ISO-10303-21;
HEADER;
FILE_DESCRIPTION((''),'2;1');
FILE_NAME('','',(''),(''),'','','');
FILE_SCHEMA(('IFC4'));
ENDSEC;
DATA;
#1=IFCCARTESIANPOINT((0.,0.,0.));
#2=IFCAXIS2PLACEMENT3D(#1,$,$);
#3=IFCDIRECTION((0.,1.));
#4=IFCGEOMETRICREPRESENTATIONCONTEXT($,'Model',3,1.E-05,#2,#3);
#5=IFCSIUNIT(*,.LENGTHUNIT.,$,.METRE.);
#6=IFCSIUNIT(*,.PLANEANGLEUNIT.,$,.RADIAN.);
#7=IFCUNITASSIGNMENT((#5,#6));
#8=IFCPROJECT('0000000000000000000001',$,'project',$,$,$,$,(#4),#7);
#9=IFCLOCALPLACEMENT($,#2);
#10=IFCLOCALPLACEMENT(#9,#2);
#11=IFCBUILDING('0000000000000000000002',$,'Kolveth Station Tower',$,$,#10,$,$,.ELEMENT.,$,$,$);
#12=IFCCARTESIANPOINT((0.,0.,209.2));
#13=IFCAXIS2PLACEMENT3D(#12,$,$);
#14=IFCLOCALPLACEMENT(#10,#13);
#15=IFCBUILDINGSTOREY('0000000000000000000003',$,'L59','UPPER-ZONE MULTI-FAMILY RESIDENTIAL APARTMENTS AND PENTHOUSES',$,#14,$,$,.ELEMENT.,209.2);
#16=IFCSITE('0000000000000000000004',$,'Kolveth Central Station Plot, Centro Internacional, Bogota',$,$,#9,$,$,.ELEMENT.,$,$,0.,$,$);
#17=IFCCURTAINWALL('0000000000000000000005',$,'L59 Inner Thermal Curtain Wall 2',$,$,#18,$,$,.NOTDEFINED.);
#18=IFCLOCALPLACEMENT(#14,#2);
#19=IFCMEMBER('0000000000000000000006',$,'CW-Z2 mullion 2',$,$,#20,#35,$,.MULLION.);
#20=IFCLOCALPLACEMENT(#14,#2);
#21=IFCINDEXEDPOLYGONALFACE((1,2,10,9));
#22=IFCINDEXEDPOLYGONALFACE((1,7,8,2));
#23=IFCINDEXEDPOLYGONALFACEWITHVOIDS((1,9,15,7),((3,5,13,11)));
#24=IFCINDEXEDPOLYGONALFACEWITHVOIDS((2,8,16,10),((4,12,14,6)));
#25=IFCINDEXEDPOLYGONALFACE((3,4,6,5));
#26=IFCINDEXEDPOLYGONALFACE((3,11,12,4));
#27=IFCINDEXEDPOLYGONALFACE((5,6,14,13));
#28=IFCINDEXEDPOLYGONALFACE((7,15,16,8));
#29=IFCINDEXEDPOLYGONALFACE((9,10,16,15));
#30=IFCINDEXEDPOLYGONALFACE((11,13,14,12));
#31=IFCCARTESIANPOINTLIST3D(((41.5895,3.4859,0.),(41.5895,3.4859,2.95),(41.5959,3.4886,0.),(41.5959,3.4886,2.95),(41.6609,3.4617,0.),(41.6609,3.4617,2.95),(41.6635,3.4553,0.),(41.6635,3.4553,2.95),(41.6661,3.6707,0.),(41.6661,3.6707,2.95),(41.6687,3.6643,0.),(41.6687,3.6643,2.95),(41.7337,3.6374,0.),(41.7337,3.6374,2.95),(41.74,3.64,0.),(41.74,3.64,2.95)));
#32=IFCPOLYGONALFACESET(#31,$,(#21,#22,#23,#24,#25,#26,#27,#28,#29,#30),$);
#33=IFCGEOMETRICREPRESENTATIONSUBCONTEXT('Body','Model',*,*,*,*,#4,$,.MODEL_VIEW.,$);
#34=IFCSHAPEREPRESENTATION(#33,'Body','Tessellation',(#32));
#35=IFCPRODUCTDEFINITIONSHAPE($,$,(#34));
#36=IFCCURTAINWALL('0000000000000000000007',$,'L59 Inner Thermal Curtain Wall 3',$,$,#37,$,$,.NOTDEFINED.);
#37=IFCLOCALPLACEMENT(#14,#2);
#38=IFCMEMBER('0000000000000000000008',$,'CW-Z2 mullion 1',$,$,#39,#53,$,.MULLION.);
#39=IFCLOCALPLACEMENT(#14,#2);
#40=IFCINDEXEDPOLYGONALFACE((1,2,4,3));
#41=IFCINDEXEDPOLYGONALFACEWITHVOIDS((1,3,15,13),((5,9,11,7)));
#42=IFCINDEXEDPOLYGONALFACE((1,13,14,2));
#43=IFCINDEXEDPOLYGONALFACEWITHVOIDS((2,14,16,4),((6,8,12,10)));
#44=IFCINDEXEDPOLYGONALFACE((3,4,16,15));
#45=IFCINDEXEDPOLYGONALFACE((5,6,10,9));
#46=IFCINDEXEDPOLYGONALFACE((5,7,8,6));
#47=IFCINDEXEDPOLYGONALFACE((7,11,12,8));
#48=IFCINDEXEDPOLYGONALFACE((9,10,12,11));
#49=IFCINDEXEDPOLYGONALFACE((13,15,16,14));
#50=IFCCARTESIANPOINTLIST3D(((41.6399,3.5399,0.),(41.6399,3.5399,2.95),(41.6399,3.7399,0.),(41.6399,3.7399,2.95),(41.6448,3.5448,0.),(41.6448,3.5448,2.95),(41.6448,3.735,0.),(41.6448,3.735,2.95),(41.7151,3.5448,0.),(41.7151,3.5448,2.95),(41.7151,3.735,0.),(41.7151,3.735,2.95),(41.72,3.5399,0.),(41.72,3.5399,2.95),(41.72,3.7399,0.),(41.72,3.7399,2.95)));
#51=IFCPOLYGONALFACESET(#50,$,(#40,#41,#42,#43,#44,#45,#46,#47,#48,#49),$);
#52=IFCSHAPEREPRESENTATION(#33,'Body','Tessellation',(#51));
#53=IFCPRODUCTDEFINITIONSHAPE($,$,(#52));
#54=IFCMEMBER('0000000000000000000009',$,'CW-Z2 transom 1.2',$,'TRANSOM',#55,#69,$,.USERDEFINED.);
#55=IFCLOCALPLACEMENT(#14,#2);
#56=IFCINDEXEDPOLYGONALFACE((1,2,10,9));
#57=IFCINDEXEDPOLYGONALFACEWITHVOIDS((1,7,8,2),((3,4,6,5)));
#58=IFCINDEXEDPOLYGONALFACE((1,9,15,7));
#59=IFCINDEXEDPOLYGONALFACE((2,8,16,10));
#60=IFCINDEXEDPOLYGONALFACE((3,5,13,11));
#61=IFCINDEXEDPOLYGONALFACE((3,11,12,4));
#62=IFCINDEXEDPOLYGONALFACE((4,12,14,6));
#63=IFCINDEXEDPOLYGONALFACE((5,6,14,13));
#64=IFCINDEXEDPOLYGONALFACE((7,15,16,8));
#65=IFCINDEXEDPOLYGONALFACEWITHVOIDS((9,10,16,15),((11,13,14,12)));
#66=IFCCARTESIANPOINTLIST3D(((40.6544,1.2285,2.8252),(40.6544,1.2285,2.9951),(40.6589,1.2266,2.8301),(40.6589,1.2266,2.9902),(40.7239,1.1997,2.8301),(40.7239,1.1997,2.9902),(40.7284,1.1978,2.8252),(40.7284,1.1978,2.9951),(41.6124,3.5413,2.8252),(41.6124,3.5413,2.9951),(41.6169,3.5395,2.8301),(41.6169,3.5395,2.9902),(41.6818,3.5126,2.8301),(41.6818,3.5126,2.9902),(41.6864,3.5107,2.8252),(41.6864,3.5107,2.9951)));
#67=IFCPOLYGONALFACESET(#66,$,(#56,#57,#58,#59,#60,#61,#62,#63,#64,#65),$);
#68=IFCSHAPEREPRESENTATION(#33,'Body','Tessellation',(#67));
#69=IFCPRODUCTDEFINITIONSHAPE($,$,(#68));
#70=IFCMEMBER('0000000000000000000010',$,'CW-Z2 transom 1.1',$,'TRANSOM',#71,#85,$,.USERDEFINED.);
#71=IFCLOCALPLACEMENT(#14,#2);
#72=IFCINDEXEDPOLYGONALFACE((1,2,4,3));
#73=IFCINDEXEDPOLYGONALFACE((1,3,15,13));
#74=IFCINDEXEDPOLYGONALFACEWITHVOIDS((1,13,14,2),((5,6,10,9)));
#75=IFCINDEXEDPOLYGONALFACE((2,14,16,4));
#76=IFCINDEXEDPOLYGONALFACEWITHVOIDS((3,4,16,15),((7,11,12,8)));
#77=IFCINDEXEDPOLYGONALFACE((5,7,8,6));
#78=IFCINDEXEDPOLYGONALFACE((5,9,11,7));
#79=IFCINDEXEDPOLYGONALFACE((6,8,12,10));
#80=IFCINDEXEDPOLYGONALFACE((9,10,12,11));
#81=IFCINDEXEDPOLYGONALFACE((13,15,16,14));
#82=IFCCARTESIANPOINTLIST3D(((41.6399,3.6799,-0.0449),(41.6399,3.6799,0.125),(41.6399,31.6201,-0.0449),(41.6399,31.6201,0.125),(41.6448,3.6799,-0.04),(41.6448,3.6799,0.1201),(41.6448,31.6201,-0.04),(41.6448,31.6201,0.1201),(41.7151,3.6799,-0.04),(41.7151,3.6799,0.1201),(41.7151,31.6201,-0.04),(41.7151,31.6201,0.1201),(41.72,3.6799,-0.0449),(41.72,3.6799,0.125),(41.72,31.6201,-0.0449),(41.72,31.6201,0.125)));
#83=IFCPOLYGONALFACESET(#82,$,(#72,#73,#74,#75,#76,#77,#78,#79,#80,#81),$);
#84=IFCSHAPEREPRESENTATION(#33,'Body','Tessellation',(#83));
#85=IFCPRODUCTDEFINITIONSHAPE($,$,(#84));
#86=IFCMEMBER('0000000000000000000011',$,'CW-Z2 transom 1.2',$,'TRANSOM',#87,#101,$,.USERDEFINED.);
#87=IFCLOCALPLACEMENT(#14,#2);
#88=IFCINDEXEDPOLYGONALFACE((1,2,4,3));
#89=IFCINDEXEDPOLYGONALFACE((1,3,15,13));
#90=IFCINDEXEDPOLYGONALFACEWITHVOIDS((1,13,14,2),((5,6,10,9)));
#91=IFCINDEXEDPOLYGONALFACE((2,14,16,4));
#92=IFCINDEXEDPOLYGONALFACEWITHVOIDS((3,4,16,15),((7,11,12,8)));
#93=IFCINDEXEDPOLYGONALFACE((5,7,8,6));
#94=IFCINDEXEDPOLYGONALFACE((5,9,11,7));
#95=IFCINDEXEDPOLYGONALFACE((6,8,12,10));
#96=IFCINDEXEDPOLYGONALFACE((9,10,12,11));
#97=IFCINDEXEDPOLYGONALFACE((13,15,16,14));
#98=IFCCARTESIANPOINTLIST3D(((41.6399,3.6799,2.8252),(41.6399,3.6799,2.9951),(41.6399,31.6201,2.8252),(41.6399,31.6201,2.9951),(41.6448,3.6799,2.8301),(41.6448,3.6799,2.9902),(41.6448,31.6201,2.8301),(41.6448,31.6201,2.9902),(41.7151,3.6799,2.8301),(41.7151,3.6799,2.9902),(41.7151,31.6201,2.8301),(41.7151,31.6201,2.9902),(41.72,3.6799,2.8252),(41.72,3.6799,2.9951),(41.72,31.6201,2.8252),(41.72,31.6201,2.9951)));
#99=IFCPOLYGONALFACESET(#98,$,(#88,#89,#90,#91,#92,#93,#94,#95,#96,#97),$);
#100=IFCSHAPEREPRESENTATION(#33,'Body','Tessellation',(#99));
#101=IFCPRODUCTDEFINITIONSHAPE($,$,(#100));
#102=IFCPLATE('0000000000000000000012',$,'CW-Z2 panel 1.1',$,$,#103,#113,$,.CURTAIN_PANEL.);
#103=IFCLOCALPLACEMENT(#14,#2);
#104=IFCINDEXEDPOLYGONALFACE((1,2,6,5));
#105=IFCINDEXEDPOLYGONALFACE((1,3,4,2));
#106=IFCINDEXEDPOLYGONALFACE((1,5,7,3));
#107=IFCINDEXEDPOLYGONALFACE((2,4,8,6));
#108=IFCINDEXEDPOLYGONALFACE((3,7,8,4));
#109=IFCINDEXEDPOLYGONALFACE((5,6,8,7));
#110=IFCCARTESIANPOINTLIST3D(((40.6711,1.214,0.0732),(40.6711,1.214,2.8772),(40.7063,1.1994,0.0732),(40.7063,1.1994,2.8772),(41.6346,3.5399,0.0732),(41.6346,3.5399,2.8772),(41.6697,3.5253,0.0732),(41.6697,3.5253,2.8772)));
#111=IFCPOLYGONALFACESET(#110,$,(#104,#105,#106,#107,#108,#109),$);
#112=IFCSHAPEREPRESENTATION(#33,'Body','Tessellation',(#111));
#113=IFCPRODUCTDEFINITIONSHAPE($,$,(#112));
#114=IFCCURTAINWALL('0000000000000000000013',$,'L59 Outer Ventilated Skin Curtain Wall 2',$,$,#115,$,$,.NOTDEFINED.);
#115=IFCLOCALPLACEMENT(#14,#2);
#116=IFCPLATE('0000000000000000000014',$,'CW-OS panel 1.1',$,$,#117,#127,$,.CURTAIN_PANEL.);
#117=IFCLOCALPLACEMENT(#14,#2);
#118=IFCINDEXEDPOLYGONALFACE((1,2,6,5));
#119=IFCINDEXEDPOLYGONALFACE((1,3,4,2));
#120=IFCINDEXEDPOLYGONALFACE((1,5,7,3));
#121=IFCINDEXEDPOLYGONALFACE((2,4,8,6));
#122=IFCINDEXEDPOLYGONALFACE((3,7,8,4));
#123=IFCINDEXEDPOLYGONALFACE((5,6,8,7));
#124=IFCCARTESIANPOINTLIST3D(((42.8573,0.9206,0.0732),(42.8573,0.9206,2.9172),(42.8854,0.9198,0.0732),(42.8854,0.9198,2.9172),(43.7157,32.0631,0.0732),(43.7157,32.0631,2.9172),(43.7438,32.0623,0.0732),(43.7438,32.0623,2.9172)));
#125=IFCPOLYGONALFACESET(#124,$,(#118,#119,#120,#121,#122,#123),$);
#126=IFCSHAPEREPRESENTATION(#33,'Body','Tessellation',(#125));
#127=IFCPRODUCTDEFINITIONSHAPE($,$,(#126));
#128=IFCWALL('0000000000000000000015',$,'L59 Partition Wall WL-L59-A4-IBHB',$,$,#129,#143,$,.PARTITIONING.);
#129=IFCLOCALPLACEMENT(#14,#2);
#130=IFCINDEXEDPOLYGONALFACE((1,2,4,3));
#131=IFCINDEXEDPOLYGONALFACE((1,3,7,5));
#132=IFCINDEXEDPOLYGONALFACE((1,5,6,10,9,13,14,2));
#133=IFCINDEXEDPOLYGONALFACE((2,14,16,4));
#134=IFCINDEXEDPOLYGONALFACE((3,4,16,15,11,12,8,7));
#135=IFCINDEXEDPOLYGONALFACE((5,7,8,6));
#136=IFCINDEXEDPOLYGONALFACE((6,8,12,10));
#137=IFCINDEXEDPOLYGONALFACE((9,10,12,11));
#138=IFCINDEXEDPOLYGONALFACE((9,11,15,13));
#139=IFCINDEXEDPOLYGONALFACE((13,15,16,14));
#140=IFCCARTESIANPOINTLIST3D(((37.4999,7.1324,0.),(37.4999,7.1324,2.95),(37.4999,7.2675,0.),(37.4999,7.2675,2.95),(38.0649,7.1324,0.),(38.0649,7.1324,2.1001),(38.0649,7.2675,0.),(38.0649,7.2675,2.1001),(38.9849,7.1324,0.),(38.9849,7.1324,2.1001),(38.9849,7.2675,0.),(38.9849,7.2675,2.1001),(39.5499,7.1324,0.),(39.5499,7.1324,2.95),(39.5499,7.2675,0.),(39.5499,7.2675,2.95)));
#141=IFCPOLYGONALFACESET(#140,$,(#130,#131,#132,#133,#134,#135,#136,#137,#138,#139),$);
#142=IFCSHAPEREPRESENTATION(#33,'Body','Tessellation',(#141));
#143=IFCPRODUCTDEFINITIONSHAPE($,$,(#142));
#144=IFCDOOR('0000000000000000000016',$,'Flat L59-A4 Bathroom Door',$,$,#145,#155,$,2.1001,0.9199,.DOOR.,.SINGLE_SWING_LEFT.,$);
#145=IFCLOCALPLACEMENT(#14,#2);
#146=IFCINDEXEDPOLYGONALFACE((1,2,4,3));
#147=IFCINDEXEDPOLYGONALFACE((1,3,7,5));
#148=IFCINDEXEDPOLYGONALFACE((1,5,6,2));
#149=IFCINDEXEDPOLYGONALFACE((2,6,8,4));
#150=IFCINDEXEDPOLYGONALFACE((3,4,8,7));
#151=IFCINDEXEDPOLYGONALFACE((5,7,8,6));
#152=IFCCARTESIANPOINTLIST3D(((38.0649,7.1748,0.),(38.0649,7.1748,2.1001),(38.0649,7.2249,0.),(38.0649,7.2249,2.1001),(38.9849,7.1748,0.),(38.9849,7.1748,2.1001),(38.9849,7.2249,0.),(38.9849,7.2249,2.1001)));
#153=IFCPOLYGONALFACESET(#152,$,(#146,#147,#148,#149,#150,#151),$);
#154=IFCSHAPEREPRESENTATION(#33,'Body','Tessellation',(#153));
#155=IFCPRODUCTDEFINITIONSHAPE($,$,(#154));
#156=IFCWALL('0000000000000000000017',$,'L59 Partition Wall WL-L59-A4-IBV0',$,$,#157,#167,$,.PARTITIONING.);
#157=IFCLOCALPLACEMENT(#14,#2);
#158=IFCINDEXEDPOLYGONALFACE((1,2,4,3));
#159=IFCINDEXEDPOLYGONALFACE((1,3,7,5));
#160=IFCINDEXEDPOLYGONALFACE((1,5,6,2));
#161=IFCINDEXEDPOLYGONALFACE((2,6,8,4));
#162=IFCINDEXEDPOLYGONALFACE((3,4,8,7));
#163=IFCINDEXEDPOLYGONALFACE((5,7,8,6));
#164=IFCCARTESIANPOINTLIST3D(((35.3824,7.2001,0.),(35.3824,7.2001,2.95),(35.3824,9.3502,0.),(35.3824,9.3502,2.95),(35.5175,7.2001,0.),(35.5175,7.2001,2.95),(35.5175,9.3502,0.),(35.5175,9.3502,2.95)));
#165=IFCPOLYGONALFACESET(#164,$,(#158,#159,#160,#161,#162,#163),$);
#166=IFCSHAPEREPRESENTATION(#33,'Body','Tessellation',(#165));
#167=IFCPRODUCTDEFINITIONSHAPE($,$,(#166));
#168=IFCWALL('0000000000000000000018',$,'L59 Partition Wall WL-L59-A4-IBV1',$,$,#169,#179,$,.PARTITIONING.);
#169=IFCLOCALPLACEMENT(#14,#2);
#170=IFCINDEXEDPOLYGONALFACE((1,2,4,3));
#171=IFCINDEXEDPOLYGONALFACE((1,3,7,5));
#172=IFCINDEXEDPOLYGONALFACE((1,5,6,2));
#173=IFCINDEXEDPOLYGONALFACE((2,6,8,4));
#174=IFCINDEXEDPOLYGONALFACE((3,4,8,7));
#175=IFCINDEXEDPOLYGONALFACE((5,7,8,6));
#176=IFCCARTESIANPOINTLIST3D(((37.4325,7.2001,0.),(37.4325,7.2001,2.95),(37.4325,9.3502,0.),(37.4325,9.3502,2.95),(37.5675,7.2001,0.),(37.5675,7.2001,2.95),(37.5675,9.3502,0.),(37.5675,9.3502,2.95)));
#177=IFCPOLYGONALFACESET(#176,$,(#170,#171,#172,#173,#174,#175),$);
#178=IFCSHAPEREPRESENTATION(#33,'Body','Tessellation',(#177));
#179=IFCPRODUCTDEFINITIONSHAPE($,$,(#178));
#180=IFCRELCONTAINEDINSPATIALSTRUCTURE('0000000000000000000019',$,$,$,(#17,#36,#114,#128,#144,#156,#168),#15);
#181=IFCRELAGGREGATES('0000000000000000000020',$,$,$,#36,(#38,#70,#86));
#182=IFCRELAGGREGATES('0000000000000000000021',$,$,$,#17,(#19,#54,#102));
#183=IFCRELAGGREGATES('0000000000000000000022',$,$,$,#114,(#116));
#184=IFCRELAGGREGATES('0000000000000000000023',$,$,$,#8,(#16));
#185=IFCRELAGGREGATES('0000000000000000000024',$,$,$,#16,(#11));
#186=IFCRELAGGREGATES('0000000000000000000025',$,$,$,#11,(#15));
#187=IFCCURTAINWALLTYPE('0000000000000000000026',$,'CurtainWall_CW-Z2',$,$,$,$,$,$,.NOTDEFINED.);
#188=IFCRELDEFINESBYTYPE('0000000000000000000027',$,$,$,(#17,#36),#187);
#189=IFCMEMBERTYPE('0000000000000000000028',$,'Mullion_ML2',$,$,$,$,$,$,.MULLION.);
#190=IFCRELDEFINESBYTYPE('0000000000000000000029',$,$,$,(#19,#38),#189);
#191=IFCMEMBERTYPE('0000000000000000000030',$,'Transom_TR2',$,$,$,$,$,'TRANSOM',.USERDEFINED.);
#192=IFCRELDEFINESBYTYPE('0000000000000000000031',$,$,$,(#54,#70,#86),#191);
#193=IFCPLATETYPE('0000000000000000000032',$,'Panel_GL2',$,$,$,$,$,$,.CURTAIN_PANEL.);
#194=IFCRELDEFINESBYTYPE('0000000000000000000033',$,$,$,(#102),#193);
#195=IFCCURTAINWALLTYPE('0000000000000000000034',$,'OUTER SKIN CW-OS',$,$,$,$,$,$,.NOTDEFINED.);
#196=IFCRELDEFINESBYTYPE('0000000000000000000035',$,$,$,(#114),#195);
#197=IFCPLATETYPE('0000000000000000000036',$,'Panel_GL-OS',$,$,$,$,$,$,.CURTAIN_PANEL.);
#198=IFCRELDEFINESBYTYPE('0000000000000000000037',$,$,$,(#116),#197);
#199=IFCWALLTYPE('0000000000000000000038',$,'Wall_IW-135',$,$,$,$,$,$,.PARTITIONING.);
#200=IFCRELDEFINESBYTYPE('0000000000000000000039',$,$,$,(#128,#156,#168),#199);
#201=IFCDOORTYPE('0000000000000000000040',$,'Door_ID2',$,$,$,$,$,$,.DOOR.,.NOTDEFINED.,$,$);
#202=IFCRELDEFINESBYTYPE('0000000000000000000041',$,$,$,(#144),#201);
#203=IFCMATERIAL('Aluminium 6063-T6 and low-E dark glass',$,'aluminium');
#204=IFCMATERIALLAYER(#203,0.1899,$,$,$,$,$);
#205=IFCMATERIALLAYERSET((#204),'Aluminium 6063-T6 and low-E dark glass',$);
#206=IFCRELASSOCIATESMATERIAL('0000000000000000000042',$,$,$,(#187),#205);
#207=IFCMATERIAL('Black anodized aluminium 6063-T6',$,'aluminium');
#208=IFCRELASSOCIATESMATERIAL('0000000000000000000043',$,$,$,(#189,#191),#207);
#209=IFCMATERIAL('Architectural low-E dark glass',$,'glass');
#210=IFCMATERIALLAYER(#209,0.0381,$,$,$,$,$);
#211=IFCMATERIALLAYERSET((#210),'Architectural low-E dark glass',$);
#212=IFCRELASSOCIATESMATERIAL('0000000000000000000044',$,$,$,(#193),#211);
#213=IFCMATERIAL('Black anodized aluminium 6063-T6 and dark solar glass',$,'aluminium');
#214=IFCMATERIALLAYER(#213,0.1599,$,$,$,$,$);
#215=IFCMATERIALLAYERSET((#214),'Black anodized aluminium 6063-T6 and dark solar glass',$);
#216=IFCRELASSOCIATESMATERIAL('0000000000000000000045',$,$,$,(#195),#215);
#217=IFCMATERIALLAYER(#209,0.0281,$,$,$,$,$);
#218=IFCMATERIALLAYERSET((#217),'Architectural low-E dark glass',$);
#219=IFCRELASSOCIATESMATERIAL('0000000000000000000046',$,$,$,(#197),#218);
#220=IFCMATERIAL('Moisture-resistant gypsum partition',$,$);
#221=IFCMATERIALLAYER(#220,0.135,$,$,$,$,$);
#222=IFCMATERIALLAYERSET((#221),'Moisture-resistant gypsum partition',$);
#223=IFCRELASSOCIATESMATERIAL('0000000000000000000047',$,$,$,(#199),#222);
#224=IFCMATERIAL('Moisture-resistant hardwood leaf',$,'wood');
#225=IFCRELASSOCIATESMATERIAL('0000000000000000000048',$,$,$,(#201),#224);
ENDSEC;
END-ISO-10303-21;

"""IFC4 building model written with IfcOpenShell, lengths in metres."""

from ifc_helpers import new_model, si_unit, direction, frame, frame_2d, origin, origin_2d, place, context, subcontext, project, spatial, rectangle, hollow_rectangle, extrude, source, transform, mapped, material, layer, layer_set, material_profile, profile_set, type_object, element, fill, aggregate, save


model = new_model("IFC4")

# Units and contexts
model_context = context("Model", 3, precision=1e-05, world=origin(), true_north=direction((0.0, 1.0)))
body_context = subcontext(model_context, "Body", "Model", "MODEL_VIEW")
ifc_project = project(units=[si_unit("LENGTHUNIT", "METRE"), si_unit("PLANEANGLEUNIT", "RADIAN")], contexts=[model_context])

# Site, building, storey
site_placement = place(None, origin())
site = spatial("IfcSite", under=ifc_project, at=site_placement, Name="Kolveth Central Station Plot, Centro Internacional, Bogota", CompositionType="ELEMENT", RefElevation=0.0)
building_placement = place(site_placement, origin())
building = spatial("IfcBuilding", under=site, at=building_placement, Name="Kolveth Station Tower", CompositionType="ELEMENT")
storey_placement = place(building_placement, frame((0.0, 0.0, 209.2)))
storey = spatial("IfcBuildingStorey", under=building, at=storey_placement, Name="L59", Description="UPPER-ZONE MULTI-FAMILY RESIDENTIAL APARTMENTS AND PENTHOUSES", CompositionType="ELEMENT", Elevation=209.2)

# Curtain walls, members
ifc_material_1 = material(Name="Aluminium 6063-T6 and low-E dark glass", Category="aluminium")
ifc_layer_1 = layer(ifc_material_1, 0.1899)
ifc_layer_set_1 = layer_set([ifc_layer_1], Name="Aluminium 6063-T6 and low-E dark glass")
curtain_wall_type_1 = type_object("IfcCurtainWallType", Name="CurtainWall_CW-Z2", PredefinedType="NOTDEFINED", material=ifc_layer_set_1)
curtain_wall_1_placement = place(storey_placement, origin())
curtain_wall_1 = element("IfcCurtainWall", 1, at=curtain_wall_1_placement, inside=storey, type_object=curtain_wall_type_1, Name="L59 Inner Thermal Curtain Wall 2", PredefinedType="NOTDEFINED")
ifc_material_2 = material(Name="Black anodized aluminium 6063-T6", Category="aluminium")
ifc_material_profile_1 = material_profile(ifc_material_2, hollow_rectangle(XDim=0.0801, YDim=0.2, WallThickness=0.0049, at=origin_2d()), Name="ALU-80x200x5")
ifc_profile_set_1 = profile_set([ifc_material_profile_1], Name="Black anodized aluminium 6063-T6")
member_type_1 = type_object("IfcMemberType", Name="Mullion_ML2", PredefinedType="MULLION", material=ifc_profile_set_1)
shared_shape_1 = source(origin(), body_context, "Body", "SweptSolid", [
    extrude(hollow_rectangle(XDim=0.0801, YDim=0.2, WallThickness=0.0049, at=origin_2d()), origin(), (0.0, 0.0, 1.0), 2.95),
])
member_1_placement = place(storey_placement, frame((41.6648, 3.563, 0.0), z_axis=(0.0, 0.0, 1.0), x_axis=(-0.923874, 0.382698, 0.0)))
member_1 = element("IfcMember", 2, at=member_1_placement, type_object=member_type_1, Name="CW-Z2 mullion 2", PredefinedType="MULLION", context=body_context, shape_type="MappedRepresentation", body=[
    mapped(shared_shape_1, transform((0.0, 0.0, 0.0), x_axis=(1.0, 0.0, 0.0), y_axis=(0.0, 1.0, 0.0), z_axis=(0.0, 0.0, 1.0), scale=1.0)),
])
curtain_wall_2_placement = place(storey_placement, origin())
curtain_wall_2 = element("IfcCurtainWall", 3, at=curtain_wall_2_placement, inside=storey, type_object=curtain_wall_type_1, Name="L59 Inner Thermal Curtain Wall 3", PredefinedType="NOTDEFINED")
member_2_placement = place(storey_placement, frame((41.6799, 3.6399, 0.0), z_axis=(0.0, 0.0, 1.0), x_axis=(-1.0, 0.0, 0.0)))
member_2 = element("IfcMember", 4, at=member_2_placement, type_object=member_type_1, Name="CW-Z2 mullion 1", PredefinedType="MULLION", context=body_context, shape_type="MappedRepresentation", body=[
    mapped(shared_shape_1, transform((0.0, 0.0, 0.0), x_axis=(1.0, 0.0, 0.0), y_axis=(0.0, 1.0, 0.0), z_axis=(0.0, 0.0, 1.0), scale=1.0)),
])

# Members
ifc_material_profile_2 = material_profile(ifc_material_2, hollow_rectangle(XDim=0.0801, YDim=0.1699, WallThickness=0.0049, at=origin_2d()), Name="ALU-80x170x5")
ifc_profile_set_2 = profile_set([ifc_material_profile_2], Name="Black anodized aluminium 6063-T6")
member_type_2 = type_object("IfcMemberType", Name="Transom_TR2", ElementType="TRANSOM", PredefinedType="USERDEFINED", material=ifc_profile_set_2)
shared_shape_2 = source(origin(), body_context, "Body", "SweptSolid", [
    extrude(hollow_rectangle(XDim=0.0801, YDim=0.1699, WallThickness=0.0049, at=origin_2d()), origin(), (0.0, 0.0, 1.0), 2.5034),
])
member_3_placement = place(storey_placement, frame((40.6914, 1.2131, 2.9102), z_axis=(0.382662, 0.923888, 0.0), x_axis=(-0.923888, 0.382662, 0.0)))
member_3 = element("IfcMember", 5, at=member_3_placement, type_object=member_type_2, Name="CW-Z2 transom 1.2", ObjectType="TRANSOM", PredefinedType="USERDEFINED", context=body_context, shape_type="MappedRepresentation", body=[
    mapped(shared_shape_2, transform((0.0, 0.0, 0.0), x_axis=(1.0, 0.0, 0.0), y_axis=(0.0, 1.0, 0.0), z_axis=(0.0, 0.0, 1.0), scale=1.0)),
])
shared_shape_3 = source(origin(), body_context, "Body", "SweptSolid", [
    extrude(hollow_rectangle(XDim=0.0801, YDim=0.1699, WallThickness=0.0049, at=origin_2d()), origin(), (0.0, 0.0, 1.0), 27.9402),
])
member_4_placement = place(storey_placement, frame((41.6799, 3.6799, 0.04), z_axis=(0.0, 1.0, 0.0), x_axis=(-1.0, 0.0, 0.0)))
member_4 = element("IfcMember", 6, at=member_4_placement, type_object=member_type_2, Name="CW-Z2 transom 1.1", ObjectType="TRANSOM", PredefinedType="USERDEFINED", context=body_context, shape_type="MappedRepresentation", body=[
    mapped(shared_shape_3, transform((0.0, 0.0, 0.0), x_axis=(1.0, 0.0, 0.0), y_axis=(0.0, 1.0, 0.0), z_axis=(0.0, 0.0, 1.0), scale=1.0)),
])
member_5_placement = place(storey_placement, frame((41.6799, 3.6799, 2.9102), z_axis=(0.0, 1.0, 0.0), x_axis=(-1.0, 0.0, 0.0)))
member_5 = element("IfcMember", 7, at=member_5_placement, type_object=member_type_2, Name="CW-Z2 transom 1.2", ObjectType="TRANSOM", PredefinedType="USERDEFINED", context=body_context, shape_type="MappedRepresentation", body=[
    mapped(shared_shape_3, transform((0.0, 0.0, 0.0), x_axis=(1.0, 0.0, 0.0), y_axis=(0.0, 1.0, 0.0), z_axis=(0.0, 0.0, 1.0), scale=1.0)),
])
aggregate(curtain_wall_2, [member_2, member_4, member_5])

# Plate
ifc_material_3 = material(Name="Architectural low-E dark glass", Category="glass")
ifc_layer_2 = layer(ifc_material_3, 0.0381)
ifc_layer_set_2 = layer_set([ifc_layer_2], Name="Architectural low-E dark glass")
plate_type_1 = type_object("IfcPlateType", Name="Panel_GL2", PredefinedType="CURTAIN_PANEL", material=ifc_layer_set_2)
shared_shape_4 = source(origin(), body_context, "Body", "SweptSolid", [
    extrude(rectangle(XDim=2.5176, YDim=0.0381, at=origin_2d()), origin(), (0.0, 0.0, 1.0), 2.804),
])
plate_1_placement = place(storey_placement, frame((41.1704, 2.3696, 0.0732), z_axis=(0.0, 0.0, 1.0), x_axis=(0.382698, 0.923874, 0.0)))
plate_1 = element("IfcPlate", 8, at=plate_1_placement, type_object=plate_type_1, Name="CW-Z2 panel 1.1", PredefinedType="CURTAIN_PANEL", context=body_context, shape_type="MappedRepresentation", body=[
    mapped(shared_shape_4, transform((0.0, 0.0, 0.0), x_axis=(1.0, 0.0, 0.0), y_axis=(0.0, 1.0, 0.0), z_axis=(0.0, 0.0, 1.0), scale=1.0)),
])
aggregate(curtain_wall_1, [member_1, member_3, plate_1])

# Curtain wall, plate
ifc_material_4 = material(Name="Black anodized aluminium 6063-T6 and dark solar glass", Category="aluminium")
ifc_layer_3 = layer(ifc_material_4, 0.1599)
ifc_layer_set_3 = layer_set([ifc_layer_3], Name="Black anodized aluminium 6063-T6 and dark solar glass")
curtain_wall_type_2 = type_object("IfcCurtainWallType", Name="OUTER SKIN CW-OS", PredefinedType="NOTDEFINED", material=ifc_layer_set_3)
curtain_wall_3_placement = place(storey_placement, origin())
curtain_wall_3 = element("IfcCurtainWall", 9, at=curtain_wall_3_placement, inside=storey, type_object=curtain_wall_type_2, Name="L59 Outer Ventilated Skin Curtain Wall 2", PredefinedType="NOTDEFINED")
ifc_layer_4 = layer(ifc_material_3, 0.0281)
ifc_layer_set_4 = layer_set([ifc_layer_4], Name="Architectural low-E dark glass")
plate_type_2 = type_object("IfcPlateType", Name="Panel_GL-OS", PredefinedType="CURTAIN_PANEL", material=ifc_layer_set_4)
shared_shape_5 = source(origin(), body_context, "Body", "SweptSolid", [
    extrude(rectangle(XDim=31.1543, YDim=0.0281, at=origin_2d()), origin(), (0.0, 0.0, 1.0), 2.844),
])
plate_2_placement = place(storey_placement, frame((43.3005, 16.4915, 0.0732), z_axis=(0.0, 0.0, 1.0), x_axis=(0.027554, 0.99962, 0.0)))
plate_2 = element("IfcPlate", 10, at=plate_2_placement, type_object=plate_type_2, Name="CW-OS panel 1.1", PredefinedType="CURTAIN_PANEL", context=body_context, shape_type="MappedRepresentation", body=[
    mapped(shared_shape_5, transform((0.0, 0.0, 0.0), x_axis=(1.0, 0.0, 0.0), y_axis=(0.0, 1.0, 0.0), z_axis=(0.0, 0.0, 1.0), scale=1.0)),
])
aggregate(curtain_wall_3, [plate_2])

# Wall, opening, door
ifc_material_5 = material(Name="Moisture-resistant gypsum partition")
ifc_layer_5 = layer(ifc_material_5, 0.135)
ifc_layer_set_5 = layer_set([ifc_layer_5], Name="Moisture-resistant gypsum partition")
wall_type_1 = type_object("IfcWallType", Name="Wall_IW-135", PredefinedType="PARTITIONING", material=ifc_layer_set_5)
wall_1_placement = place(storey_placement, frame((37.5, 7.2, 0.0), z_axis=(0.0, 0.0, 1.0), x_axis=(1.0, 0.0, 0.0)))
wall_1 = element("IfcWall", 11, at=wall_1_placement, inside=storey, type_object=wall_type_1, Name="L59 Partition Wall WL-L59-A4-IBHB", PredefinedType="PARTITIONING", context=body_context, shape_type="SweptSolid", body=[
    extrude(rectangle(XDim=2.05, YDim=0.135, at=frame_2d((1.0249, 0.0))), origin(), (0.0, 0.0, 1.0), 2.95),
])
opening_1_placement = place(wall_1_placement, frame((0.5649, 0.0, 0.0)))
opening_1 = element("IfcOpeningElement", 12, at=opening_1_placement, cuts=wall_1, PredefinedType="OPENING", context=body_context, shape_type="SweptSolid", body=[
    extrude(rectangle(XDim=0.9199, YDim=2.1001, at=frame_2d((0.46, 1.05))), frame((0.0, 0.0774, 0.0), z_axis=(0.0, -1.0, 0.0), x_axis=(1.0, 0.0, 0.0)), (0.0, 0.0, 1.0), 0.155),
])
ifc_material_6 = material(Name="Moisture-resistant hardwood leaf", Category="wood")
door_type_1 = type_object("IfcDoorType", Name="Door_ID2", OperationType="NOTDEFINED", PredefinedType="DOOR", material=ifc_material_6)
door_1_placement = place(opening_1_placement, origin())
door_1 = element("IfcDoor", 13, at=door_1_placement, inside=storey, type_object=door_type_1, Name="Flat L59-A4 Bathroom Door", OperationType="SINGLE_SWING_LEFT", OverallHeight=2.1001, OverallWidth=0.9199, PredefinedType="DOOR", context=body_context, shape_type="SweptSolid", body=[
    extrude(rectangle(XDim=0.9199, YDim=2.1001, at=frame_2d((0.46, 1.05))), frame((0.0, 0.0249, 0.0), z_axis=(0.0, -1.0, 0.0), x_axis=(1.0, 0.0, 0.0)), (0.0, 0.0, 1.0), 0.05),
])
fill(opening_1, door_1)

# Walls
for number, where, z_axis, x_axis, name in (
    (14, (35.45, 7.2, 0.0), (0.0, 0.0, 1.0), (0.0, 1.0, 0.0), "L59 Partition Wall WL-L59-A4-IBV0"),
    (15, (37.5, 7.2, 0.0), (0.0, 0.0, 1.0), (0.0, 1.0, 0.0), "L59 Partition Wall WL-L59-A4-IBV1"),
):
    element("IfcWall", number, at=place(storey_placement, frame(where, z_axis=z_axis, x_axis=x_axis)), inside=storey, type_object=wall_type_1, Name=name, PredefinedType="PARTITIONING", context=body_context, shape_type="SweptSolid", body=[
        extrude(rectangle(XDim=2.1501, YDim=0.135, at=frame_2d((1.0752, 0.0))), origin(), (0.0, 0.0, 1.0), 2.95),
    ])

save(model, "model.ifc")
